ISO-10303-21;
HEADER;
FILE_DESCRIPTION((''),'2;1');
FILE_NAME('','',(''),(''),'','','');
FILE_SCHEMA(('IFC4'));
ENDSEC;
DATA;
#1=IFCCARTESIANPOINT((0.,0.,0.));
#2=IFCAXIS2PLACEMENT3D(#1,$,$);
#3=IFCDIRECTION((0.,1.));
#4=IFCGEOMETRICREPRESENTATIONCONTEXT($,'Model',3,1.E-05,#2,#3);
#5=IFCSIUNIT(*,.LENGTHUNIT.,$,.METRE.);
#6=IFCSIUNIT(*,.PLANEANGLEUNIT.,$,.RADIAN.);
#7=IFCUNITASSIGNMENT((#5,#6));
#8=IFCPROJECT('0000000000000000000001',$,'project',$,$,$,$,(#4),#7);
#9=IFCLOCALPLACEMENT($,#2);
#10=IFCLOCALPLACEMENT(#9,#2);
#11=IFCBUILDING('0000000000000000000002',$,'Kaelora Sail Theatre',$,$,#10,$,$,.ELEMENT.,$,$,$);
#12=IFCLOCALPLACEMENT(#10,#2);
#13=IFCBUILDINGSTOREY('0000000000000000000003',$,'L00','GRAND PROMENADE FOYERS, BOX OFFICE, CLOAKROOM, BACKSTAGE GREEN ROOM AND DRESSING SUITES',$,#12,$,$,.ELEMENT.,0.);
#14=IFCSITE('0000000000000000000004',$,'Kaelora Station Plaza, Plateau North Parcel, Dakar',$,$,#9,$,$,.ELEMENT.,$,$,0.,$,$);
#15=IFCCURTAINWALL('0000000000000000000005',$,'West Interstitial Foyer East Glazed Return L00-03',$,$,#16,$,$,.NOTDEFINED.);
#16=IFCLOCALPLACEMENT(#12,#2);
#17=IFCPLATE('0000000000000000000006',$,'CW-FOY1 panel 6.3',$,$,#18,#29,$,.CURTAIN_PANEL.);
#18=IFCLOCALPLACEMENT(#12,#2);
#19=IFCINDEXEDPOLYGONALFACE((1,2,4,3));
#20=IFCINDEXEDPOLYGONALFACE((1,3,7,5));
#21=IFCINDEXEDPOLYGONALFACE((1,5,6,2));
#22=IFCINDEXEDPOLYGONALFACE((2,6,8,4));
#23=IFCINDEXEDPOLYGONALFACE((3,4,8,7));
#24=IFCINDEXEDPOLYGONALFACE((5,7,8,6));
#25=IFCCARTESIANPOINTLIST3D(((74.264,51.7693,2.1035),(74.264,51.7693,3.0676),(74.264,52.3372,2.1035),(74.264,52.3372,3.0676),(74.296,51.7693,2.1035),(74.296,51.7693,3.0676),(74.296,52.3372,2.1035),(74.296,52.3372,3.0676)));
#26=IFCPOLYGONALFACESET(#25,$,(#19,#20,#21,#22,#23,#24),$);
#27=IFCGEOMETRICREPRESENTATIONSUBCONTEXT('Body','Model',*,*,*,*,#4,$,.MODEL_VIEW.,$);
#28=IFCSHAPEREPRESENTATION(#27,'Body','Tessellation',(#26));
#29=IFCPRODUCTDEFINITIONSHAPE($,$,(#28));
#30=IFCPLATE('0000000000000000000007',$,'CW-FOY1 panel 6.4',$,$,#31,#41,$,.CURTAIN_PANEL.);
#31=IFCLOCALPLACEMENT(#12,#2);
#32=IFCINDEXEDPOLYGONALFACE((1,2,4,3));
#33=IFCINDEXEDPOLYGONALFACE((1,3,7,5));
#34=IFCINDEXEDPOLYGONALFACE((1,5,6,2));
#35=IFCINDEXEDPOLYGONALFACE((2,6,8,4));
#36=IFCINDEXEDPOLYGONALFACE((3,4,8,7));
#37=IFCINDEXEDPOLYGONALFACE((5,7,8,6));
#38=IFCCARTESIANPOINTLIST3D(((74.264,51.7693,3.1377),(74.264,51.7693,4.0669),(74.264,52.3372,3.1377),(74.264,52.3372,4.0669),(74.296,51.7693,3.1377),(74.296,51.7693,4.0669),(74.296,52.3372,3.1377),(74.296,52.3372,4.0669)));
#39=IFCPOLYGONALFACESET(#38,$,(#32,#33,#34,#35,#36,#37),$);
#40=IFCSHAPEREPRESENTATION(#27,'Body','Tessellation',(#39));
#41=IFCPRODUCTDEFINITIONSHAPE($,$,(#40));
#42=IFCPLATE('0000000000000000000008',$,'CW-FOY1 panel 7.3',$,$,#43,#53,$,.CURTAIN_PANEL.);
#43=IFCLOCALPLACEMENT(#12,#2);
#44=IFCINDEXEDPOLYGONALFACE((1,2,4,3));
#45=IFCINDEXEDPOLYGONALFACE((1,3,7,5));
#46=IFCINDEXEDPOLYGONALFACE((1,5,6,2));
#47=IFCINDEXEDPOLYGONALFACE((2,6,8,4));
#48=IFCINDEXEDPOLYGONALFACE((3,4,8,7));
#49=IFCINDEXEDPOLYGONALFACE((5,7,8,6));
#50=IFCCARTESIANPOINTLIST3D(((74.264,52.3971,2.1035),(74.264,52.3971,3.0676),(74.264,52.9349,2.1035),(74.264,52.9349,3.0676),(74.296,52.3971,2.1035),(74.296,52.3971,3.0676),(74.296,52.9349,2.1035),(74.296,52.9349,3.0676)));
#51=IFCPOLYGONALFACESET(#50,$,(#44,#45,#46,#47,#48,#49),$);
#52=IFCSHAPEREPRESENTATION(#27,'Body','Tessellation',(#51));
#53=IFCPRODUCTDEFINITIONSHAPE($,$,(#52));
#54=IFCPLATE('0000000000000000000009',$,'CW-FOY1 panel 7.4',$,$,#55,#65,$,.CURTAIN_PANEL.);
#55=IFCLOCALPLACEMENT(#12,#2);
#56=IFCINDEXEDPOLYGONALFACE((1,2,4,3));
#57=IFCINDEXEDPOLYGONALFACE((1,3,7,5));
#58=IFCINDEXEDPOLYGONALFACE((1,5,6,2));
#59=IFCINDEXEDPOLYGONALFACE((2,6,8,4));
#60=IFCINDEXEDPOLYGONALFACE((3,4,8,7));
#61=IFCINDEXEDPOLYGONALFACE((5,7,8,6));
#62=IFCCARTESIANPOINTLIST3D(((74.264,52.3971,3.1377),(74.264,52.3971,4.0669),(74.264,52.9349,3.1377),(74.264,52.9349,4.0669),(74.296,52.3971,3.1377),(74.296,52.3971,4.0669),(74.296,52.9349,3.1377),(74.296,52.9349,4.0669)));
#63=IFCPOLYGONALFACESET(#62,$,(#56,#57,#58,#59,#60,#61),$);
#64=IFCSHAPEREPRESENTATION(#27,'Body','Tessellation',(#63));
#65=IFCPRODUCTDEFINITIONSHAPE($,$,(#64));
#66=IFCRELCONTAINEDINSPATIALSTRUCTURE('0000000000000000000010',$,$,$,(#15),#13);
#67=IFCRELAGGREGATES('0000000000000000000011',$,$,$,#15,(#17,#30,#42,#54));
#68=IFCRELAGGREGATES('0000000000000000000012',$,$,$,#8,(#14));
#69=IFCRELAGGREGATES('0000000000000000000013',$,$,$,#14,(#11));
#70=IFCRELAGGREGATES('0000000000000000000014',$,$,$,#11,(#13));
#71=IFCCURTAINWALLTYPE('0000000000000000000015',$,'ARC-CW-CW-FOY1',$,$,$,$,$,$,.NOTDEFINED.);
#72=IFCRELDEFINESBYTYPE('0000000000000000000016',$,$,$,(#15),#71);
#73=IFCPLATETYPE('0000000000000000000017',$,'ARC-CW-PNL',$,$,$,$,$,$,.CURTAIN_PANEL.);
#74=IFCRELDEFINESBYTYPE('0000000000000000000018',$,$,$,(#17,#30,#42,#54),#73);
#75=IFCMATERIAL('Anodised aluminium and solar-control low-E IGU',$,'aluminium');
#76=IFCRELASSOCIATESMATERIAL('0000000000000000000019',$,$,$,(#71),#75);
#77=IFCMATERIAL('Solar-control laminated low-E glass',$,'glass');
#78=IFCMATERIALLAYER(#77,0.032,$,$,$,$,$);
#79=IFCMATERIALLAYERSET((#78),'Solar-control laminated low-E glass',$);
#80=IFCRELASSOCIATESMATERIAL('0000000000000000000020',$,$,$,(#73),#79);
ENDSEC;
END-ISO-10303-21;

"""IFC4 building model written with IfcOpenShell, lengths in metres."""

from ifc_helpers import new_model, si_unit, direction, frame, origin, origin_2d, place, context, subcontext, project, spatial, rectangle, extrude, material, layer, layer_set, type_object, element, aggregate, save


model = new_model("IFC4")

# Units and contexts
model_context = context("Model", 3, precision=1e-05, world=origin(), true_north=direction((0.0, 1.0)))
body_context = subcontext(model_context, "Body", "Model", "MODEL_VIEW")
ifc_project = project(units=[si_unit("LENGTHUNIT", "METRE"), si_unit("PLANEANGLEUNIT", "RADIAN")], contexts=[model_context])

# Site, building, storey
site_placement = place(None, origin())
site = spatial("IfcSite", under=ifc_project, at=site_placement, Name="Kaelora Station Plaza, Plateau North Parcel, Dakar", CompositionType="ELEMENT", RefElevation=0.0)
building_placement = place(site_placement, origin())
building = spatial("IfcBuilding", under=site, at=building_placement, Name="Kaelora Sail Theatre", CompositionType="ELEMENT")
storey_placement = place(building_placement, origin())
storey = spatial("IfcBuildingStorey", under=building, at=storey_placement, Name="L00", Description="GRAND PROMENADE FOYERS, BOX OFFICE, CLOAKROOM, BACKSTAGE GREEN ROOM AND DRESSING SUITES", CompositionType="ELEMENT", Elevation=0.0)

# Curtain wall, plates
ifc_material_1 = material(Name="Anodised aluminium and solar-control low-E IGU", Category="aluminium")
curtain_wall_type = type_object("IfcCurtainWallType", Name="ARC-CW-CW-FOY1", PredefinedType="NOTDEFINED", material=ifc_material_1)
curtain_wall_placement = place(storey_placement, origin())
curtain_wall = element("IfcCurtainWall", 1, at=curtain_wall_placement, inside=storey, type_object=curtain_wall_type, Name="West Interstitial Foyer East Glazed Return L00-03", PredefinedType="NOTDEFINED")
ifc_material_2 = material(Name="Solar-control laminated low-E glass", Category="glass")
ifc_layer = layer(ifc_material_2, 0.032)
ifc_layer_set = layer_set([ifc_layer], Name="Solar-control laminated low-E glass")
plate_type = type_object("IfcPlateType", Name="ARC-CW-PNL", PredefinedType="CURTAIN_PANEL", material=ifc_layer_set)
plate_1_placement = place(storey_placement, frame((74.28, 52.0532, 2.1035), z_axis=(0.0, 0.0, 1.0), x_axis=(0.0, 1.0, 0.0)))
plate_1 = element("IfcPlate", 2, at=plate_1_placement, type_object=plate_type, Name="CW-FOY1 panel 6.3", PredefinedType="CURTAIN_PANEL", context=body_context, shape_type="SweptSolid", body=[
    extrude(rectangle(XDim=0.5679, YDim=0.032, at=origin_2d()), origin(), (0.0, 0.0, 1.0), 0.9641),
])
plate_2_placement = place(storey_placement, frame((74.28, 52.0532, 3.1377), z_axis=(0.0, 0.0, 1.0), x_axis=(0.0, 1.0, 0.0)))
plate_2 = element("IfcPlate", 3, at=plate_2_placement, type_object=plate_type, Name="CW-FOY1 panel 6.4", PredefinedType="CURTAIN_PANEL", context=body_context, shape_type="SweptSolid", body=[
    extrude(rectangle(XDim=0.5679, YDim=0.032, at=origin_2d()), origin(), (0.0, 0.0, 1.0), 0.9292),
])
plate_3_placement = place(storey_placement, frame((74.28, 52.666, 2.1035), z_axis=(0.0, 0.0, 1.0), x_axis=(0.0, 1.0, 0.0)))
plate_3 = element("IfcPlate", 4, at=plate_3_placement, type_object=plate_type, Name="CW-FOY1 panel 7.3", PredefinedType="CURTAIN_PANEL", context=body_context, shape_type="SweptSolid", body=[
    extrude(rectangle(XDim=0.5378, YDim=0.032, at=origin_2d()), origin(), (0.0, 0.0, 1.0), 0.9641),
])
plate_4_placement = place(storey_placement, frame((74.28, 52.666, 3.1377), z_axis=(0.0, 0.0, 1.0), x_axis=(0.0, 1.0, 0.0)))
plate_4 = element("IfcPlate", 5, at=plate_4_placement, type_object=plate_type, Name="CW-FOY1 panel 7.4", PredefinedType="CURTAIN_PANEL", context=body_context, shape_type="SweptSolid", body=[
    extrude(rectangle(XDim=0.5378, YDim=0.032, at=origin_2d()), origin(), (0.0, 0.0, 1.0), 0.9292),
])
aggregate(curtain_wall, [plate_1, plate_2, plate_3, plate_4])

save(model, "model.ifc")
